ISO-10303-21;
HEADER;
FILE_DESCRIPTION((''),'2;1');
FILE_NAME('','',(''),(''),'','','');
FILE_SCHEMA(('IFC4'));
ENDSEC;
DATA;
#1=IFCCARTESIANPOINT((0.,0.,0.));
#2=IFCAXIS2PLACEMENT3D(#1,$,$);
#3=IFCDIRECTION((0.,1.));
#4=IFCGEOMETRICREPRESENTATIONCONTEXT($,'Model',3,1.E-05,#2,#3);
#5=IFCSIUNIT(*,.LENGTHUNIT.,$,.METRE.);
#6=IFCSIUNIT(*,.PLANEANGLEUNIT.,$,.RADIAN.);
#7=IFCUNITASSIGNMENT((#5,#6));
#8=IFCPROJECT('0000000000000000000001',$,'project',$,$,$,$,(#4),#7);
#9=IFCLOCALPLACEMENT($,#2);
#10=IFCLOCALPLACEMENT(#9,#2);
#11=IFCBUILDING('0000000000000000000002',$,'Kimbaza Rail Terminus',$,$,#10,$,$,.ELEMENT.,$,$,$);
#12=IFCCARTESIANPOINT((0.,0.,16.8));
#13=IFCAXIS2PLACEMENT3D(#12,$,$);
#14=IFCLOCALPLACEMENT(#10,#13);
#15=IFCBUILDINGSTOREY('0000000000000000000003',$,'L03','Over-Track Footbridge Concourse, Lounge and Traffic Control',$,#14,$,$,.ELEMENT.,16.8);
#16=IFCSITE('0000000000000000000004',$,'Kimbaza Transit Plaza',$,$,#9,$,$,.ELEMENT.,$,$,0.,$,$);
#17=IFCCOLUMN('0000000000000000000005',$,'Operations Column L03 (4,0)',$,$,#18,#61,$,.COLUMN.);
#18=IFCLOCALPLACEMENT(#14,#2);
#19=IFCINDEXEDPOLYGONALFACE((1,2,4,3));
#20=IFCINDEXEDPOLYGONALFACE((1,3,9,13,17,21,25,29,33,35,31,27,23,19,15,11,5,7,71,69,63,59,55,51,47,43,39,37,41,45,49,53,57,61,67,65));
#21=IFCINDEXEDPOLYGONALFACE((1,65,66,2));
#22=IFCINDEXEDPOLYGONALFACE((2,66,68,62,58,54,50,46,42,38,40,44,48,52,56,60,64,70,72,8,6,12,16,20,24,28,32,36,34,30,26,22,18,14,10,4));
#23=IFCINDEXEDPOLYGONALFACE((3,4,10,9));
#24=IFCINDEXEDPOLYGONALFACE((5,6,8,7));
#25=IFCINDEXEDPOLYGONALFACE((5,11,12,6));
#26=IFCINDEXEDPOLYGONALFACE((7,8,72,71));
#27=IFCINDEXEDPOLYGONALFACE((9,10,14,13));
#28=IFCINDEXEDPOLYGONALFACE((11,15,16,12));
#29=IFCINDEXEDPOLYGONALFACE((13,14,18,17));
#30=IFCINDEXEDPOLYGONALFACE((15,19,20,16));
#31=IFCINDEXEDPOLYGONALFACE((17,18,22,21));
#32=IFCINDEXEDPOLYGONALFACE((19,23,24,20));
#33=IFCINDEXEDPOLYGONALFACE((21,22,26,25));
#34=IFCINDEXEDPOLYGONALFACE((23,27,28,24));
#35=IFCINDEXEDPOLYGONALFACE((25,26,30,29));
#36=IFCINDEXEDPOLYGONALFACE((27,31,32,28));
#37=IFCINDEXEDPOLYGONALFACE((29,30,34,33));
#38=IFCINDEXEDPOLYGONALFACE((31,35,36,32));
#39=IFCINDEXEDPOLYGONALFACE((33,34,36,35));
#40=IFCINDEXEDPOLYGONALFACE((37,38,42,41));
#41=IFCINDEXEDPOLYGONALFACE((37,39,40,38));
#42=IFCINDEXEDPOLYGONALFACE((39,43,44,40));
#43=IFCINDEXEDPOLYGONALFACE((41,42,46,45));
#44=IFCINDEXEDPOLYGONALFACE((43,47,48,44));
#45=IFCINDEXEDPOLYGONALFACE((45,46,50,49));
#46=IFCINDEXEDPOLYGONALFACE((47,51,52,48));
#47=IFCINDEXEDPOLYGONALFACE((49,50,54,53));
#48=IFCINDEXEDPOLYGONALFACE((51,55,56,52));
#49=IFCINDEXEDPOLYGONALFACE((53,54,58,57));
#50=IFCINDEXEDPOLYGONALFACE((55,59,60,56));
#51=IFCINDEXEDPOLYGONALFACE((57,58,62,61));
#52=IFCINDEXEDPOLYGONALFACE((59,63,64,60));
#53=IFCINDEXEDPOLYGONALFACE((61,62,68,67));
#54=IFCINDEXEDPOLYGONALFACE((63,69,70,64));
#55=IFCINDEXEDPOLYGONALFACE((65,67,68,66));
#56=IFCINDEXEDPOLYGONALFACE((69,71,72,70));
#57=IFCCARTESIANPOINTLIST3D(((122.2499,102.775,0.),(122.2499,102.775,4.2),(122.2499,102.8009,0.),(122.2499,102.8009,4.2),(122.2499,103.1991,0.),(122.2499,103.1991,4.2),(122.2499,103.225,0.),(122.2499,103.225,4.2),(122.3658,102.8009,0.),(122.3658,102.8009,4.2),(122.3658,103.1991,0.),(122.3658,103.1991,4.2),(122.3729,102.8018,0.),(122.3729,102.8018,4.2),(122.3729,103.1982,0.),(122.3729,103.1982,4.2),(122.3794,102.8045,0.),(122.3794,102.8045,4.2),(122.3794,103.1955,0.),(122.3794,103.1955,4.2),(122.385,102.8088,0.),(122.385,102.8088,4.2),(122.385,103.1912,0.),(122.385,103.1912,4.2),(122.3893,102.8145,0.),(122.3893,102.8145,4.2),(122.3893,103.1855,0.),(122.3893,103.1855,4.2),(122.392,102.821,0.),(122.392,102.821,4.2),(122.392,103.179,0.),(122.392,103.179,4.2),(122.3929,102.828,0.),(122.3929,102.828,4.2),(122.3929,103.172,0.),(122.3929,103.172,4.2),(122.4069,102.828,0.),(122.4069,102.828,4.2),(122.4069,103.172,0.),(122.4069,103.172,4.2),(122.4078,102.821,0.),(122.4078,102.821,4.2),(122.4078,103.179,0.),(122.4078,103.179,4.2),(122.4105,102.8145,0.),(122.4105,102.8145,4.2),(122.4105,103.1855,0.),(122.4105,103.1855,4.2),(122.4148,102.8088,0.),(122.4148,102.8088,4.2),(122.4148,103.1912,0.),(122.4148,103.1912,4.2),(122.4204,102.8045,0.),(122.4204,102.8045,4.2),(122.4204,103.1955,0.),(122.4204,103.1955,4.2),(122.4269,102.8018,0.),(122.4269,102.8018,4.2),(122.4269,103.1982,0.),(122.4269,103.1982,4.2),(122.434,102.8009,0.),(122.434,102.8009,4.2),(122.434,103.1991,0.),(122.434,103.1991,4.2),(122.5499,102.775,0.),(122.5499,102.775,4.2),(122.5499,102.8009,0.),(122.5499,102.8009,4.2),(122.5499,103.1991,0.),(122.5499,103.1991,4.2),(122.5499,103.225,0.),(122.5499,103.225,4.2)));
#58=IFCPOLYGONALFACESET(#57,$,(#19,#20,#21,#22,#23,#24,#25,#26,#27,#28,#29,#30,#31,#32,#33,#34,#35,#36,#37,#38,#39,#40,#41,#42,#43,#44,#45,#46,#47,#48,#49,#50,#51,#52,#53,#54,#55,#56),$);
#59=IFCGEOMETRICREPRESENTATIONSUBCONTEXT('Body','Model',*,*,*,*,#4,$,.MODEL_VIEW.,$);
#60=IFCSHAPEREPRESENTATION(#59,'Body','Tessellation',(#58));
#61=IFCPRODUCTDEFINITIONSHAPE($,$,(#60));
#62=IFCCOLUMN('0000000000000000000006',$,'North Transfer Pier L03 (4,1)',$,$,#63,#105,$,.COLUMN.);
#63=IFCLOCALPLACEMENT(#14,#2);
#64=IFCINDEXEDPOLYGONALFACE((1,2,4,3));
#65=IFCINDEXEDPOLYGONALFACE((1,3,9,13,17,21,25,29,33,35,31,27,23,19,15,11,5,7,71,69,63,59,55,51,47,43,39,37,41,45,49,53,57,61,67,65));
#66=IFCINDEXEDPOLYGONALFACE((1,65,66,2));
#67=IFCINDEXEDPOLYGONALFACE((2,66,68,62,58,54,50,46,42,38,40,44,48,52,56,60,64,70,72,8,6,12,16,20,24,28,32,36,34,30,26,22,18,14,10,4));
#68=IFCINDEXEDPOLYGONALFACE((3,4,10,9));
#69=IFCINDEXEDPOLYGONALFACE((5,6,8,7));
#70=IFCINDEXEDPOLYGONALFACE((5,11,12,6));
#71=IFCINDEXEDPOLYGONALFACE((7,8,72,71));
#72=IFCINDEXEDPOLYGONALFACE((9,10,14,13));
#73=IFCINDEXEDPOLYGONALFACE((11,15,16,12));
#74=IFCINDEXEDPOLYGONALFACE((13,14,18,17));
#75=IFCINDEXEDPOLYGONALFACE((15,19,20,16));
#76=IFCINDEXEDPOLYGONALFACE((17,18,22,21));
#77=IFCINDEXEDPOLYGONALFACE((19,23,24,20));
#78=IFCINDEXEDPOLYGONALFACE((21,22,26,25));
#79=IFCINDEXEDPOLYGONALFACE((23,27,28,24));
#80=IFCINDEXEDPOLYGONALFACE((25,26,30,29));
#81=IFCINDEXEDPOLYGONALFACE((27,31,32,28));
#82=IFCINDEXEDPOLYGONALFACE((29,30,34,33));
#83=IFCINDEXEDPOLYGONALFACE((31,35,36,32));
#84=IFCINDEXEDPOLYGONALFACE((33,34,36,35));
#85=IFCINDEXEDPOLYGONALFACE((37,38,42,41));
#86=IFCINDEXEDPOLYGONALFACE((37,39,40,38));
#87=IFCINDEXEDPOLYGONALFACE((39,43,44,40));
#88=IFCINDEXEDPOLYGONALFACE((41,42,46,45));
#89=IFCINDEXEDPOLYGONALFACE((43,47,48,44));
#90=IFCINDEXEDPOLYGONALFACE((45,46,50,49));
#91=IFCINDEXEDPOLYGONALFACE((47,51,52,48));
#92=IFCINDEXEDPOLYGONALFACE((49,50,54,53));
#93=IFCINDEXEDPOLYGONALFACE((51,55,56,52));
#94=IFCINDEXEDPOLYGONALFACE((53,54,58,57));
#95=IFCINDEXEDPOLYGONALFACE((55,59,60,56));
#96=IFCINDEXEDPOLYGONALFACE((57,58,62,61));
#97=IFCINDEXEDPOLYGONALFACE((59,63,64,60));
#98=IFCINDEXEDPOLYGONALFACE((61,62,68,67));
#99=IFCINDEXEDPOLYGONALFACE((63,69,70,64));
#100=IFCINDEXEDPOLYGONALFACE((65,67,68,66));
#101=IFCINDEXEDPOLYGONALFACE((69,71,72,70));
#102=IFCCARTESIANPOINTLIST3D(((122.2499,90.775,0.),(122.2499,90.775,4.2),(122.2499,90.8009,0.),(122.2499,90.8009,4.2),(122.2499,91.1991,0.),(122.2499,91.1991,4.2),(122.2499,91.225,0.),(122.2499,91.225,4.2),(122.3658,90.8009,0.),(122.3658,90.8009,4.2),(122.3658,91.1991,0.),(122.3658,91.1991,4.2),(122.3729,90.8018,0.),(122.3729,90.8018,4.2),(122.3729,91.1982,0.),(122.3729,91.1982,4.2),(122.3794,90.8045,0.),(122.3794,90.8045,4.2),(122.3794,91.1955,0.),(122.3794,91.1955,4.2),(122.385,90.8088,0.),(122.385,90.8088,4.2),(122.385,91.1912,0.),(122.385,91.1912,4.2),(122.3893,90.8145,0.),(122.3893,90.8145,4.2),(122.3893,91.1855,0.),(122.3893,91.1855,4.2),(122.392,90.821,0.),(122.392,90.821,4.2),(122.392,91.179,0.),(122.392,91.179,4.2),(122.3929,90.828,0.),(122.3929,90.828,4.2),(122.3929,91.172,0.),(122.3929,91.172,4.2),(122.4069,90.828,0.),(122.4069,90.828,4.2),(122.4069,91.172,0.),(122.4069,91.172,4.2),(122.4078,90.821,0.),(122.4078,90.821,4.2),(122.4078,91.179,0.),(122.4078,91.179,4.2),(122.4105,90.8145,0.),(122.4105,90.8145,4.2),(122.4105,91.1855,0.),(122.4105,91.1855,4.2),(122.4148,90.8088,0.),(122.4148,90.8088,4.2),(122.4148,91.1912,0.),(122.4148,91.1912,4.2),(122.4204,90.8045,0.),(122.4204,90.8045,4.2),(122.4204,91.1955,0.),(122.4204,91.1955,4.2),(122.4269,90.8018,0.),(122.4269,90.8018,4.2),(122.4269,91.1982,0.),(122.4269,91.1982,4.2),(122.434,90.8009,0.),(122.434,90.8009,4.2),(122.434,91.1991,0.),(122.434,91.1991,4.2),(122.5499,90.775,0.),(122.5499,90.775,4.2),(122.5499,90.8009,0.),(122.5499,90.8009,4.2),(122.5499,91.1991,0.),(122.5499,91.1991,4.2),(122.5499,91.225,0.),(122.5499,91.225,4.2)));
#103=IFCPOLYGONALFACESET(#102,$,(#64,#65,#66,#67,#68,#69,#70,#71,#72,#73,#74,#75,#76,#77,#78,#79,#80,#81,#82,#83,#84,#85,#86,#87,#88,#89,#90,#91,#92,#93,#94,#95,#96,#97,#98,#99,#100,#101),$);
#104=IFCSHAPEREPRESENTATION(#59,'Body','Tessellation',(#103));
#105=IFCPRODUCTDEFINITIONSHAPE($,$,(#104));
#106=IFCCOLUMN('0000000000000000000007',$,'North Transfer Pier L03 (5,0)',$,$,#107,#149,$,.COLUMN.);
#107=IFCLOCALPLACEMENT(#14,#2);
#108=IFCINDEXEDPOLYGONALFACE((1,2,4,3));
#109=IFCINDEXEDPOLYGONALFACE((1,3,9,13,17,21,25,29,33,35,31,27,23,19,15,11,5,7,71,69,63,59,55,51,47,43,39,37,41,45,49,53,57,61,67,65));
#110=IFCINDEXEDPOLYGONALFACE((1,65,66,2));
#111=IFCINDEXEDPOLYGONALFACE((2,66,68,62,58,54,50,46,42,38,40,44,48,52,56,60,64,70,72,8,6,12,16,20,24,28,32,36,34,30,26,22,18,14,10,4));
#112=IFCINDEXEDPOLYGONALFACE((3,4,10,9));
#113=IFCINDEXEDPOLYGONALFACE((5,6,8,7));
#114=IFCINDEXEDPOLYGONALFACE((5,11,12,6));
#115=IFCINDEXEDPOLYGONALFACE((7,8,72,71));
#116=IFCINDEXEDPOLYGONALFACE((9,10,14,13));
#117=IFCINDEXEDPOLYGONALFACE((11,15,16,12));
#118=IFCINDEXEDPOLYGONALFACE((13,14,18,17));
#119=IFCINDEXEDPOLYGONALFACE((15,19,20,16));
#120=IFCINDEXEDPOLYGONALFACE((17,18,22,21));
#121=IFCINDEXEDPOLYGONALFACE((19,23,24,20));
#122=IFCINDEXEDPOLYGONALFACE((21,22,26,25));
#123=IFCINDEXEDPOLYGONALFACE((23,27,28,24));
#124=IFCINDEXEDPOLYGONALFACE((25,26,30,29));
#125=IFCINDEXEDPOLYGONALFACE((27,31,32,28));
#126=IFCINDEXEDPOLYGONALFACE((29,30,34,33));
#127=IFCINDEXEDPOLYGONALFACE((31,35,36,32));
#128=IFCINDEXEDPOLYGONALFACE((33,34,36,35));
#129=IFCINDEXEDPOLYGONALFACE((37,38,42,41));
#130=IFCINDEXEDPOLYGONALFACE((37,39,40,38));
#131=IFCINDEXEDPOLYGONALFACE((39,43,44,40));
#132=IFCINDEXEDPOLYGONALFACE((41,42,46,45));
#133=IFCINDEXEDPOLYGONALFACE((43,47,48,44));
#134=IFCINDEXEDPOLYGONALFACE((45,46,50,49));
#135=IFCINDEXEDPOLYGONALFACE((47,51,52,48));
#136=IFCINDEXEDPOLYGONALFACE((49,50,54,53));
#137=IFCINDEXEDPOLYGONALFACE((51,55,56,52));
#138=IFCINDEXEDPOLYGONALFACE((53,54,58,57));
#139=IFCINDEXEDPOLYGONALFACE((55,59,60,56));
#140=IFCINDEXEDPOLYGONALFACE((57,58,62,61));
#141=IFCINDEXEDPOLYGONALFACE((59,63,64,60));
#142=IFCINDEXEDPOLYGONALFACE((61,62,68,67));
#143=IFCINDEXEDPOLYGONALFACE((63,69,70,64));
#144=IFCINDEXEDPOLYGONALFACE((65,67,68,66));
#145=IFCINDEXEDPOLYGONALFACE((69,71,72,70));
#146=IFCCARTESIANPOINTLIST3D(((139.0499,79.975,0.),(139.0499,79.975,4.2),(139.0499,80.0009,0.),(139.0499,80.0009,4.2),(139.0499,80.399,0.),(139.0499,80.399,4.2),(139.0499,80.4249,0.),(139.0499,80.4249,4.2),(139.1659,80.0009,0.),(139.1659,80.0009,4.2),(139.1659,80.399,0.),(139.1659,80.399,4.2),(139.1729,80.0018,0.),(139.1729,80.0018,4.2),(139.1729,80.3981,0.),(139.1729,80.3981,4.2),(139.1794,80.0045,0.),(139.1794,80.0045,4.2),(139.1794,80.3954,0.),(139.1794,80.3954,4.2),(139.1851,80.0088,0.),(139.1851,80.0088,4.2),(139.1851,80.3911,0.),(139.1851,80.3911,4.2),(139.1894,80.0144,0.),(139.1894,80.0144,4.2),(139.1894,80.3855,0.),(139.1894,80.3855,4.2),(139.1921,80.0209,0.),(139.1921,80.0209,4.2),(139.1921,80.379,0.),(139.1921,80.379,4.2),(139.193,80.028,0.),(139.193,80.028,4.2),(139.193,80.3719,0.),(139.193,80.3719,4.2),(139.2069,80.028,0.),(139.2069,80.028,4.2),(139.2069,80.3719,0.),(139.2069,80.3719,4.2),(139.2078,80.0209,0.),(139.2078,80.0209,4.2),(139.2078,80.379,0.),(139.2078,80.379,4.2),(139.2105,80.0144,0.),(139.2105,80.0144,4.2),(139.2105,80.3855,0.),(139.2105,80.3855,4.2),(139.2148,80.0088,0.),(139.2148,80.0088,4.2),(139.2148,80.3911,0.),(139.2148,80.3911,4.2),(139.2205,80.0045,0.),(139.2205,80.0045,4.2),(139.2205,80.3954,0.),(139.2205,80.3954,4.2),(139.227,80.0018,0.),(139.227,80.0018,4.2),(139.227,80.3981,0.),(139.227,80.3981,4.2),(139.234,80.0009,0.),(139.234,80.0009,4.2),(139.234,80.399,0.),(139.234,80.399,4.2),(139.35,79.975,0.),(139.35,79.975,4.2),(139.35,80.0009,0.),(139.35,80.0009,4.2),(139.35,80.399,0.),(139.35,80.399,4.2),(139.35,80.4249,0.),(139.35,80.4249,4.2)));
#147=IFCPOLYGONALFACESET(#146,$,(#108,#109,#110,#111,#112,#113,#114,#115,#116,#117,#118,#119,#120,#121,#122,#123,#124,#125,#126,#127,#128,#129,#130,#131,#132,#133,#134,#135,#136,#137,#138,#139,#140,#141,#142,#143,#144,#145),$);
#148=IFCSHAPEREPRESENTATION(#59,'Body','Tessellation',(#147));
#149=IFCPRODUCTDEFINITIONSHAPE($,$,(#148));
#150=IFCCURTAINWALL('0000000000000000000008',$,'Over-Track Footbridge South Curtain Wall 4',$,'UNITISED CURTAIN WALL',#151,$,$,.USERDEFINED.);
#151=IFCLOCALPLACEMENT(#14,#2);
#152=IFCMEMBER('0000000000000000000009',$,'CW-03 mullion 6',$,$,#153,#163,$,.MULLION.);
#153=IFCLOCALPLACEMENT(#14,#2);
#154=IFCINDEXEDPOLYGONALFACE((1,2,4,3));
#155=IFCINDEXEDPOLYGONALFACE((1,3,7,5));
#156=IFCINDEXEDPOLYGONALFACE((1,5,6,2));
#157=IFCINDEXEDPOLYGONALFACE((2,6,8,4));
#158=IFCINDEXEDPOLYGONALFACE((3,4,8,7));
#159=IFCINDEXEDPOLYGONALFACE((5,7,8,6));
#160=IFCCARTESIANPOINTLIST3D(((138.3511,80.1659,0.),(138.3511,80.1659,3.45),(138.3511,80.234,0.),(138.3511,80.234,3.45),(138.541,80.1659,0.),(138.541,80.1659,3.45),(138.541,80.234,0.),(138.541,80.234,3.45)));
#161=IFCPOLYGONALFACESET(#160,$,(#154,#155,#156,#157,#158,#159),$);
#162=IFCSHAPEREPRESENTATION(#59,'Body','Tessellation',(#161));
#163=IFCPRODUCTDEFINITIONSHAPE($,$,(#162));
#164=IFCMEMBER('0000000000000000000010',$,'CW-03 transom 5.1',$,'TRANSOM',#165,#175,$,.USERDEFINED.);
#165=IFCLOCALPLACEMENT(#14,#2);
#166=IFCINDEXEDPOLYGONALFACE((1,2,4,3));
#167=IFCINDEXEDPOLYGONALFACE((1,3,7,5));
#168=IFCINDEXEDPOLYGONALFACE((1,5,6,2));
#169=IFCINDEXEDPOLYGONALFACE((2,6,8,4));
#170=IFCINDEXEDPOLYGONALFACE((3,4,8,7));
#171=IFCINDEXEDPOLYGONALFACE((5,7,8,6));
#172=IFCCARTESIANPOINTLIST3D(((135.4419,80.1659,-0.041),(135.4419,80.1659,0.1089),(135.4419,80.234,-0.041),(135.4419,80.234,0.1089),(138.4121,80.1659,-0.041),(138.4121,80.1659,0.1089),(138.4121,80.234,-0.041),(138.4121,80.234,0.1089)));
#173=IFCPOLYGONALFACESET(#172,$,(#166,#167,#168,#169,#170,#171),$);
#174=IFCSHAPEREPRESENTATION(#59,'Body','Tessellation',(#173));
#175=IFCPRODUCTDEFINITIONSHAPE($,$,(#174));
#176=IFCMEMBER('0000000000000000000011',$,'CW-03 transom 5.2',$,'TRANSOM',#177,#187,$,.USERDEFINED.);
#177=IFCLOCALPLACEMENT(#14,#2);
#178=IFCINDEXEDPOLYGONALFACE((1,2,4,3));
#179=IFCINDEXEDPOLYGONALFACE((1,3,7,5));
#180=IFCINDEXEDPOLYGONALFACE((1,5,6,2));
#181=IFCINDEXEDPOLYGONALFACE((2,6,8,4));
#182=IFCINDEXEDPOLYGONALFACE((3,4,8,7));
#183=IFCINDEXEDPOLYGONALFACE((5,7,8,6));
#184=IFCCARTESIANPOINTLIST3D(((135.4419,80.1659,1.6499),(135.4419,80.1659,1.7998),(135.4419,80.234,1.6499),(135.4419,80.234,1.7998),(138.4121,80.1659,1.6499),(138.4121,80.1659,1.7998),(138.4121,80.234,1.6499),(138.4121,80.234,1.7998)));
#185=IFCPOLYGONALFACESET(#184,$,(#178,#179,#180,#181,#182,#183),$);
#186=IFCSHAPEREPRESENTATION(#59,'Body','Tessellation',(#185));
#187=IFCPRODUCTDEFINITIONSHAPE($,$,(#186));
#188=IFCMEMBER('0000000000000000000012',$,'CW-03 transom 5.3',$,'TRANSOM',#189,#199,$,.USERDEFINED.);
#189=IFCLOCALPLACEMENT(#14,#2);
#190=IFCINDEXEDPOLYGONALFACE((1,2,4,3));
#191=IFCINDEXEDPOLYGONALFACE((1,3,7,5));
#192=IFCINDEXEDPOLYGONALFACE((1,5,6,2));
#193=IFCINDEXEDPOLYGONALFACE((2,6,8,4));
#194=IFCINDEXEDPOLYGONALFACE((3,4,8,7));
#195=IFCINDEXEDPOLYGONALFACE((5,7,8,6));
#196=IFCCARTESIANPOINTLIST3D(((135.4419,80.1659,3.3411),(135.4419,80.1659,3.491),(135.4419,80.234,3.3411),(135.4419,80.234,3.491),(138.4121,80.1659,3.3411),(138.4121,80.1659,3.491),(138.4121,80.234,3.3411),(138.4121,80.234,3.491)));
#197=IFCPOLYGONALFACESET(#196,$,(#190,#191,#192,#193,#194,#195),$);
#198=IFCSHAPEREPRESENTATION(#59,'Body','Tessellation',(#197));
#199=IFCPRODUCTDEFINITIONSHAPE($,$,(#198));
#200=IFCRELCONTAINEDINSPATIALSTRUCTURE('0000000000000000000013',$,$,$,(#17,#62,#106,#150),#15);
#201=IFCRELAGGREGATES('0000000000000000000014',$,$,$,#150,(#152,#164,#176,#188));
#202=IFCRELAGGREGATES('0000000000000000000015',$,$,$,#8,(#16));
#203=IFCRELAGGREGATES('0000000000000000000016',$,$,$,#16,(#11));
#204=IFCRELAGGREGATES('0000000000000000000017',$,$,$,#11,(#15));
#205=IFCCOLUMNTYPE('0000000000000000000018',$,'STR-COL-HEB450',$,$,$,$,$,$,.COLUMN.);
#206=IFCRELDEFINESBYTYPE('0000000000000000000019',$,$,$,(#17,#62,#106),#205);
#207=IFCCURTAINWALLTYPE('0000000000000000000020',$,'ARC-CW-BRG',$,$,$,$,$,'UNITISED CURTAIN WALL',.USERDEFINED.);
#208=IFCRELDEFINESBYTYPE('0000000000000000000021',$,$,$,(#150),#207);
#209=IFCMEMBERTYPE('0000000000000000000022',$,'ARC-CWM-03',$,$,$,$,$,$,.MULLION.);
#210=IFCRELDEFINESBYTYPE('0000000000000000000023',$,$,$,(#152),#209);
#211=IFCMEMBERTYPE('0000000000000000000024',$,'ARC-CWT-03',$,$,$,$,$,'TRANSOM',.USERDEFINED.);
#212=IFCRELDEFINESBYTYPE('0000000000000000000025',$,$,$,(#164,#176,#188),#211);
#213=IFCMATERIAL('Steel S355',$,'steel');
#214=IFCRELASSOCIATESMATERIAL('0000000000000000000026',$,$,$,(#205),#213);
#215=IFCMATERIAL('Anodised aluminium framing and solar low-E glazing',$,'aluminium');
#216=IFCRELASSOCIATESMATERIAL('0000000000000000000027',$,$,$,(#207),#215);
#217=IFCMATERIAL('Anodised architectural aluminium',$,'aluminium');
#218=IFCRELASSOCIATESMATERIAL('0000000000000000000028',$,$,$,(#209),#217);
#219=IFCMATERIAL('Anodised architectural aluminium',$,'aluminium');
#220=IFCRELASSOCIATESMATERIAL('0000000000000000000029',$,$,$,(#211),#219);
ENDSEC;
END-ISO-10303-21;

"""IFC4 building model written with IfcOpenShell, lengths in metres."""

from ifc_helpers import new_model, si_unit, direction, frame, origin, origin_2d, place, context, subcontext, project, spatial, rectangle, i_section, extrude, material, material_profile, profile_set, type_object, element, aggregate, save


model = new_model("IFC4")

# Units and contexts
model_context = context("Model", 3, precision=1e-05, world=origin(), true_north=direction((0.0, 1.0)))
body_context = subcontext(model_context, "Body", "Model", "MODEL_VIEW")
ifc_project = project(units=[si_unit("LENGTHUNIT", "METRE"), si_unit("PLANEANGLEUNIT", "RADIAN")], contexts=[model_context])

# Site, building, storey
site_placement = place(None, origin())
site = spatial("IfcSite", under=ifc_project, at=site_placement, Name="Kimbaza Transit Plaza", CompositionType="ELEMENT", RefElevation=0.0)
building_placement = place(site_placement, origin())
building = spatial("IfcBuilding", under=site, at=building_placement, Name="Kimbaza Rail Terminus", CompositionType="ELEMENT")
storey_placement = place(building_placement, frame((0.0, 0.0, 16.8)))
storey = spatial("IfcBuildingStorey", under=building, at=storey_placement, Name="L03", Description="Over-Track Footbridge Concourse, Lounge and Traffic Control", CompositionType="ELEMENT", Elevation=16.8)

# Columns
ifc_material_1 = material(Name="Steel S355", Category="steel")
ifc_material_profile_1 = material_profile(ifc_material_1, i_section(OverallWidth=0.3, OverallDepth=0.45, WebThickness=0.0139, FlangeThickness=0.0259, FilletRadius=0.0271, at=origin_2d()), Name="HEB 450")
ifc_profile_set_1 = profile_set([ifc_material_profile_1], Name="Steel S355")
column_type = type_object("IfcColumnType", Name="STR-COL-HEB450", PredefinedType="COLUMN", material=ifc_profile_set_1)
for number, where, z_axis, x_axis, name in (
    (1, (122.3999, 103.0, 0.0), (0.0, 0.0, 1.0), (1.0, 0.0, 0.0), "Operations Column L03 (4,0)"),
    (2, (122.3999, 91.0, 0.0), (0.0, 0.0, 1.0), (1.0, 0.0, 0.0), "North Transfer Pier L03 (4,1)"),
    (3, (139.2, 80.2, 0.0), (0.0, 0.0, 1.0), (1.0, 0.0, 0.0), "North Transfer Pier L03 (5,0)"),
):
    element("IfcColumn", number, at=place(storey_placement, frame(where, z_axis=z_axis, x_axis=x_axis)), inside=storey, type_object=column_type, Name=name, PredefinedType="COLUMN", context=body_context, shape_type="SweptSolid", body=[
        extrude(i_section(OverallWidth=0.3, OverallDepth=0.45, WebThickness=0.0139, FlangeThickness=0.0259, FilletRadius=0.0271, at=origin_2d()), origin(), (0.0, 0.0, 1.0), 4.2),
    ])

# Curtain wall, members
ifc_material_2 = material(Name="Anodised aluminium framing and solar low-E glazing", Category="aluminium")
curtain_wall_type = type_object("IfcCurtainWallType", Name="ARC-CW-BRG", ElementType="UNITISED CURTAIN WALL", PredefinedType="USERDEFINED", material=ifc_material_2)
curtain_wall_placement = place(storey_placement, origin())
curtain_wall = element("IfcCurtainWall", 4, at=curtain_wall_placement, inside=storey, type_object=curtain_wall_type, Name="Over-Track Footbridge South Curtain Wall 4", ObjectType="UNITISED CURTAIN WALL", PredefinedType="USERDEFINED")
ifc_material_3 = material(Name="Anodised architectural aluminium", Category="aluminium")
ifc_material_profile_2 = material_profile(ifc_material_3, rectangle(XDim=0.0681, YDim=0.1899, at=origin_2d()), Name="MULLION 68x190")
ifc_profile_set_2 = profile_set([ifc_material_profile_2], Name="Anodised architectural aluminium")
member_type_1 = type_object("IfcMemberType", Name="ARC-CWM-03", PredefinedType="MULLION", material=ifc_profile_set_2)
member_1_placement = place(storey_placement, frame((138.446, 80.2, 0.0), z_axis=(0.0, 0.0, 1.0), x_axis=(0.0, 1.0, 0.0)))
member_1 = element("IfcMember", 5, at=member_1_placement, type_object=member_type_1, Name="CW-03 mullion 6", PredefinedType="MULLION", context=body_context, shape_type="SweptSolid", body=[
    extrude(rectangle(XDim=0.0681, YDim=0.1899, at=origin_2d()), origin(), (0.0, 0.0, 1.0), 3.45),
])
ifc_material_4 = material(Name="Anodised architectural aluminium", Category="aluminium")
ifc_material_profile_3 = material_profile(ifc_material_4, rectangle(XDim=0.0681, YDim=0.1499, at=origin_2d()), Name="TRANSOM 68x150")
ifc_profile_set_3 = profile_set([ifc_material_profile_3], Name="Anodised architectural aluminium")
member_type_2 = type_object("IfcMemberType", Name="ARC-CWT-03", ElementType="TRANSOM", PredefinedType="USERDEFINED", material=ifc_profile_set_3)
member_2_placement = place(storey_placement, frame((135.4419, 80.2, 0.0339), z_axis=(1.0, 0.0, 0.0), x_axis=(0.0, 1.0, 0.0)))
member_2 = element("IfcMember", 6, at=member_2_placement, type_object=member_type_2, Name="CW-03 transom 5.1", ObjectType="TRANSOM", PredefinedType="USERDEFINED", context=body_context, shape_type="SweptSolid", body=[
    extrude(rectangle(XDim=0.0681, YDim=0.1499, at=origin_2d()), origin(), (0.0, 0.0, 1.0), 2.9702),
])
member_3_placement = place(storey_placement, frame((135.4419, 80.2, 1.7249), z_axis=(1.0, 0.0, 0.0), x_axis=(0.0, 1.0, 0.0)))
member_3 = element("IfcMember", 7, at=member_3_placement, type_object=member_type_2, Name="CW-03 transom 5.2", ObjectType="TRANSOM", PredefinedType="USERDEFINED", context=body_context, shape_type="SweptSolid", body=[
    extrude(rectangle(XDim=0.0681, YDim=0.1499, at=origin_2d()), origin(), (0.0, 0.0, 1.0), 2.9702),
])
member_4_placement = place(storey_placement, frame((135.4419, 80.2, 3.416), z_axis=(1.0, 0.0, 0.0), x_axis=(0.0, 1.0, 0.0)))
member_4 = element("IfcMember", 8, at=member_4_placement, type_object=member_type_2, Name="CW-03 transom 5.3", ObjectType="TRANSOM", PredefinedType="USERDEFINED", context=body_context, shape_type="SweptSolid", body=[
    extrude(rectangle(XDim=0.0681, YDim=0.1499, at=origin_2d()), origin(), (0.0, 0.0, 1.0), 2.9702),
])

aggregate(curtain_wall, [member_1, member_2, member_3, member_4])

save(model, "model.ifc")
